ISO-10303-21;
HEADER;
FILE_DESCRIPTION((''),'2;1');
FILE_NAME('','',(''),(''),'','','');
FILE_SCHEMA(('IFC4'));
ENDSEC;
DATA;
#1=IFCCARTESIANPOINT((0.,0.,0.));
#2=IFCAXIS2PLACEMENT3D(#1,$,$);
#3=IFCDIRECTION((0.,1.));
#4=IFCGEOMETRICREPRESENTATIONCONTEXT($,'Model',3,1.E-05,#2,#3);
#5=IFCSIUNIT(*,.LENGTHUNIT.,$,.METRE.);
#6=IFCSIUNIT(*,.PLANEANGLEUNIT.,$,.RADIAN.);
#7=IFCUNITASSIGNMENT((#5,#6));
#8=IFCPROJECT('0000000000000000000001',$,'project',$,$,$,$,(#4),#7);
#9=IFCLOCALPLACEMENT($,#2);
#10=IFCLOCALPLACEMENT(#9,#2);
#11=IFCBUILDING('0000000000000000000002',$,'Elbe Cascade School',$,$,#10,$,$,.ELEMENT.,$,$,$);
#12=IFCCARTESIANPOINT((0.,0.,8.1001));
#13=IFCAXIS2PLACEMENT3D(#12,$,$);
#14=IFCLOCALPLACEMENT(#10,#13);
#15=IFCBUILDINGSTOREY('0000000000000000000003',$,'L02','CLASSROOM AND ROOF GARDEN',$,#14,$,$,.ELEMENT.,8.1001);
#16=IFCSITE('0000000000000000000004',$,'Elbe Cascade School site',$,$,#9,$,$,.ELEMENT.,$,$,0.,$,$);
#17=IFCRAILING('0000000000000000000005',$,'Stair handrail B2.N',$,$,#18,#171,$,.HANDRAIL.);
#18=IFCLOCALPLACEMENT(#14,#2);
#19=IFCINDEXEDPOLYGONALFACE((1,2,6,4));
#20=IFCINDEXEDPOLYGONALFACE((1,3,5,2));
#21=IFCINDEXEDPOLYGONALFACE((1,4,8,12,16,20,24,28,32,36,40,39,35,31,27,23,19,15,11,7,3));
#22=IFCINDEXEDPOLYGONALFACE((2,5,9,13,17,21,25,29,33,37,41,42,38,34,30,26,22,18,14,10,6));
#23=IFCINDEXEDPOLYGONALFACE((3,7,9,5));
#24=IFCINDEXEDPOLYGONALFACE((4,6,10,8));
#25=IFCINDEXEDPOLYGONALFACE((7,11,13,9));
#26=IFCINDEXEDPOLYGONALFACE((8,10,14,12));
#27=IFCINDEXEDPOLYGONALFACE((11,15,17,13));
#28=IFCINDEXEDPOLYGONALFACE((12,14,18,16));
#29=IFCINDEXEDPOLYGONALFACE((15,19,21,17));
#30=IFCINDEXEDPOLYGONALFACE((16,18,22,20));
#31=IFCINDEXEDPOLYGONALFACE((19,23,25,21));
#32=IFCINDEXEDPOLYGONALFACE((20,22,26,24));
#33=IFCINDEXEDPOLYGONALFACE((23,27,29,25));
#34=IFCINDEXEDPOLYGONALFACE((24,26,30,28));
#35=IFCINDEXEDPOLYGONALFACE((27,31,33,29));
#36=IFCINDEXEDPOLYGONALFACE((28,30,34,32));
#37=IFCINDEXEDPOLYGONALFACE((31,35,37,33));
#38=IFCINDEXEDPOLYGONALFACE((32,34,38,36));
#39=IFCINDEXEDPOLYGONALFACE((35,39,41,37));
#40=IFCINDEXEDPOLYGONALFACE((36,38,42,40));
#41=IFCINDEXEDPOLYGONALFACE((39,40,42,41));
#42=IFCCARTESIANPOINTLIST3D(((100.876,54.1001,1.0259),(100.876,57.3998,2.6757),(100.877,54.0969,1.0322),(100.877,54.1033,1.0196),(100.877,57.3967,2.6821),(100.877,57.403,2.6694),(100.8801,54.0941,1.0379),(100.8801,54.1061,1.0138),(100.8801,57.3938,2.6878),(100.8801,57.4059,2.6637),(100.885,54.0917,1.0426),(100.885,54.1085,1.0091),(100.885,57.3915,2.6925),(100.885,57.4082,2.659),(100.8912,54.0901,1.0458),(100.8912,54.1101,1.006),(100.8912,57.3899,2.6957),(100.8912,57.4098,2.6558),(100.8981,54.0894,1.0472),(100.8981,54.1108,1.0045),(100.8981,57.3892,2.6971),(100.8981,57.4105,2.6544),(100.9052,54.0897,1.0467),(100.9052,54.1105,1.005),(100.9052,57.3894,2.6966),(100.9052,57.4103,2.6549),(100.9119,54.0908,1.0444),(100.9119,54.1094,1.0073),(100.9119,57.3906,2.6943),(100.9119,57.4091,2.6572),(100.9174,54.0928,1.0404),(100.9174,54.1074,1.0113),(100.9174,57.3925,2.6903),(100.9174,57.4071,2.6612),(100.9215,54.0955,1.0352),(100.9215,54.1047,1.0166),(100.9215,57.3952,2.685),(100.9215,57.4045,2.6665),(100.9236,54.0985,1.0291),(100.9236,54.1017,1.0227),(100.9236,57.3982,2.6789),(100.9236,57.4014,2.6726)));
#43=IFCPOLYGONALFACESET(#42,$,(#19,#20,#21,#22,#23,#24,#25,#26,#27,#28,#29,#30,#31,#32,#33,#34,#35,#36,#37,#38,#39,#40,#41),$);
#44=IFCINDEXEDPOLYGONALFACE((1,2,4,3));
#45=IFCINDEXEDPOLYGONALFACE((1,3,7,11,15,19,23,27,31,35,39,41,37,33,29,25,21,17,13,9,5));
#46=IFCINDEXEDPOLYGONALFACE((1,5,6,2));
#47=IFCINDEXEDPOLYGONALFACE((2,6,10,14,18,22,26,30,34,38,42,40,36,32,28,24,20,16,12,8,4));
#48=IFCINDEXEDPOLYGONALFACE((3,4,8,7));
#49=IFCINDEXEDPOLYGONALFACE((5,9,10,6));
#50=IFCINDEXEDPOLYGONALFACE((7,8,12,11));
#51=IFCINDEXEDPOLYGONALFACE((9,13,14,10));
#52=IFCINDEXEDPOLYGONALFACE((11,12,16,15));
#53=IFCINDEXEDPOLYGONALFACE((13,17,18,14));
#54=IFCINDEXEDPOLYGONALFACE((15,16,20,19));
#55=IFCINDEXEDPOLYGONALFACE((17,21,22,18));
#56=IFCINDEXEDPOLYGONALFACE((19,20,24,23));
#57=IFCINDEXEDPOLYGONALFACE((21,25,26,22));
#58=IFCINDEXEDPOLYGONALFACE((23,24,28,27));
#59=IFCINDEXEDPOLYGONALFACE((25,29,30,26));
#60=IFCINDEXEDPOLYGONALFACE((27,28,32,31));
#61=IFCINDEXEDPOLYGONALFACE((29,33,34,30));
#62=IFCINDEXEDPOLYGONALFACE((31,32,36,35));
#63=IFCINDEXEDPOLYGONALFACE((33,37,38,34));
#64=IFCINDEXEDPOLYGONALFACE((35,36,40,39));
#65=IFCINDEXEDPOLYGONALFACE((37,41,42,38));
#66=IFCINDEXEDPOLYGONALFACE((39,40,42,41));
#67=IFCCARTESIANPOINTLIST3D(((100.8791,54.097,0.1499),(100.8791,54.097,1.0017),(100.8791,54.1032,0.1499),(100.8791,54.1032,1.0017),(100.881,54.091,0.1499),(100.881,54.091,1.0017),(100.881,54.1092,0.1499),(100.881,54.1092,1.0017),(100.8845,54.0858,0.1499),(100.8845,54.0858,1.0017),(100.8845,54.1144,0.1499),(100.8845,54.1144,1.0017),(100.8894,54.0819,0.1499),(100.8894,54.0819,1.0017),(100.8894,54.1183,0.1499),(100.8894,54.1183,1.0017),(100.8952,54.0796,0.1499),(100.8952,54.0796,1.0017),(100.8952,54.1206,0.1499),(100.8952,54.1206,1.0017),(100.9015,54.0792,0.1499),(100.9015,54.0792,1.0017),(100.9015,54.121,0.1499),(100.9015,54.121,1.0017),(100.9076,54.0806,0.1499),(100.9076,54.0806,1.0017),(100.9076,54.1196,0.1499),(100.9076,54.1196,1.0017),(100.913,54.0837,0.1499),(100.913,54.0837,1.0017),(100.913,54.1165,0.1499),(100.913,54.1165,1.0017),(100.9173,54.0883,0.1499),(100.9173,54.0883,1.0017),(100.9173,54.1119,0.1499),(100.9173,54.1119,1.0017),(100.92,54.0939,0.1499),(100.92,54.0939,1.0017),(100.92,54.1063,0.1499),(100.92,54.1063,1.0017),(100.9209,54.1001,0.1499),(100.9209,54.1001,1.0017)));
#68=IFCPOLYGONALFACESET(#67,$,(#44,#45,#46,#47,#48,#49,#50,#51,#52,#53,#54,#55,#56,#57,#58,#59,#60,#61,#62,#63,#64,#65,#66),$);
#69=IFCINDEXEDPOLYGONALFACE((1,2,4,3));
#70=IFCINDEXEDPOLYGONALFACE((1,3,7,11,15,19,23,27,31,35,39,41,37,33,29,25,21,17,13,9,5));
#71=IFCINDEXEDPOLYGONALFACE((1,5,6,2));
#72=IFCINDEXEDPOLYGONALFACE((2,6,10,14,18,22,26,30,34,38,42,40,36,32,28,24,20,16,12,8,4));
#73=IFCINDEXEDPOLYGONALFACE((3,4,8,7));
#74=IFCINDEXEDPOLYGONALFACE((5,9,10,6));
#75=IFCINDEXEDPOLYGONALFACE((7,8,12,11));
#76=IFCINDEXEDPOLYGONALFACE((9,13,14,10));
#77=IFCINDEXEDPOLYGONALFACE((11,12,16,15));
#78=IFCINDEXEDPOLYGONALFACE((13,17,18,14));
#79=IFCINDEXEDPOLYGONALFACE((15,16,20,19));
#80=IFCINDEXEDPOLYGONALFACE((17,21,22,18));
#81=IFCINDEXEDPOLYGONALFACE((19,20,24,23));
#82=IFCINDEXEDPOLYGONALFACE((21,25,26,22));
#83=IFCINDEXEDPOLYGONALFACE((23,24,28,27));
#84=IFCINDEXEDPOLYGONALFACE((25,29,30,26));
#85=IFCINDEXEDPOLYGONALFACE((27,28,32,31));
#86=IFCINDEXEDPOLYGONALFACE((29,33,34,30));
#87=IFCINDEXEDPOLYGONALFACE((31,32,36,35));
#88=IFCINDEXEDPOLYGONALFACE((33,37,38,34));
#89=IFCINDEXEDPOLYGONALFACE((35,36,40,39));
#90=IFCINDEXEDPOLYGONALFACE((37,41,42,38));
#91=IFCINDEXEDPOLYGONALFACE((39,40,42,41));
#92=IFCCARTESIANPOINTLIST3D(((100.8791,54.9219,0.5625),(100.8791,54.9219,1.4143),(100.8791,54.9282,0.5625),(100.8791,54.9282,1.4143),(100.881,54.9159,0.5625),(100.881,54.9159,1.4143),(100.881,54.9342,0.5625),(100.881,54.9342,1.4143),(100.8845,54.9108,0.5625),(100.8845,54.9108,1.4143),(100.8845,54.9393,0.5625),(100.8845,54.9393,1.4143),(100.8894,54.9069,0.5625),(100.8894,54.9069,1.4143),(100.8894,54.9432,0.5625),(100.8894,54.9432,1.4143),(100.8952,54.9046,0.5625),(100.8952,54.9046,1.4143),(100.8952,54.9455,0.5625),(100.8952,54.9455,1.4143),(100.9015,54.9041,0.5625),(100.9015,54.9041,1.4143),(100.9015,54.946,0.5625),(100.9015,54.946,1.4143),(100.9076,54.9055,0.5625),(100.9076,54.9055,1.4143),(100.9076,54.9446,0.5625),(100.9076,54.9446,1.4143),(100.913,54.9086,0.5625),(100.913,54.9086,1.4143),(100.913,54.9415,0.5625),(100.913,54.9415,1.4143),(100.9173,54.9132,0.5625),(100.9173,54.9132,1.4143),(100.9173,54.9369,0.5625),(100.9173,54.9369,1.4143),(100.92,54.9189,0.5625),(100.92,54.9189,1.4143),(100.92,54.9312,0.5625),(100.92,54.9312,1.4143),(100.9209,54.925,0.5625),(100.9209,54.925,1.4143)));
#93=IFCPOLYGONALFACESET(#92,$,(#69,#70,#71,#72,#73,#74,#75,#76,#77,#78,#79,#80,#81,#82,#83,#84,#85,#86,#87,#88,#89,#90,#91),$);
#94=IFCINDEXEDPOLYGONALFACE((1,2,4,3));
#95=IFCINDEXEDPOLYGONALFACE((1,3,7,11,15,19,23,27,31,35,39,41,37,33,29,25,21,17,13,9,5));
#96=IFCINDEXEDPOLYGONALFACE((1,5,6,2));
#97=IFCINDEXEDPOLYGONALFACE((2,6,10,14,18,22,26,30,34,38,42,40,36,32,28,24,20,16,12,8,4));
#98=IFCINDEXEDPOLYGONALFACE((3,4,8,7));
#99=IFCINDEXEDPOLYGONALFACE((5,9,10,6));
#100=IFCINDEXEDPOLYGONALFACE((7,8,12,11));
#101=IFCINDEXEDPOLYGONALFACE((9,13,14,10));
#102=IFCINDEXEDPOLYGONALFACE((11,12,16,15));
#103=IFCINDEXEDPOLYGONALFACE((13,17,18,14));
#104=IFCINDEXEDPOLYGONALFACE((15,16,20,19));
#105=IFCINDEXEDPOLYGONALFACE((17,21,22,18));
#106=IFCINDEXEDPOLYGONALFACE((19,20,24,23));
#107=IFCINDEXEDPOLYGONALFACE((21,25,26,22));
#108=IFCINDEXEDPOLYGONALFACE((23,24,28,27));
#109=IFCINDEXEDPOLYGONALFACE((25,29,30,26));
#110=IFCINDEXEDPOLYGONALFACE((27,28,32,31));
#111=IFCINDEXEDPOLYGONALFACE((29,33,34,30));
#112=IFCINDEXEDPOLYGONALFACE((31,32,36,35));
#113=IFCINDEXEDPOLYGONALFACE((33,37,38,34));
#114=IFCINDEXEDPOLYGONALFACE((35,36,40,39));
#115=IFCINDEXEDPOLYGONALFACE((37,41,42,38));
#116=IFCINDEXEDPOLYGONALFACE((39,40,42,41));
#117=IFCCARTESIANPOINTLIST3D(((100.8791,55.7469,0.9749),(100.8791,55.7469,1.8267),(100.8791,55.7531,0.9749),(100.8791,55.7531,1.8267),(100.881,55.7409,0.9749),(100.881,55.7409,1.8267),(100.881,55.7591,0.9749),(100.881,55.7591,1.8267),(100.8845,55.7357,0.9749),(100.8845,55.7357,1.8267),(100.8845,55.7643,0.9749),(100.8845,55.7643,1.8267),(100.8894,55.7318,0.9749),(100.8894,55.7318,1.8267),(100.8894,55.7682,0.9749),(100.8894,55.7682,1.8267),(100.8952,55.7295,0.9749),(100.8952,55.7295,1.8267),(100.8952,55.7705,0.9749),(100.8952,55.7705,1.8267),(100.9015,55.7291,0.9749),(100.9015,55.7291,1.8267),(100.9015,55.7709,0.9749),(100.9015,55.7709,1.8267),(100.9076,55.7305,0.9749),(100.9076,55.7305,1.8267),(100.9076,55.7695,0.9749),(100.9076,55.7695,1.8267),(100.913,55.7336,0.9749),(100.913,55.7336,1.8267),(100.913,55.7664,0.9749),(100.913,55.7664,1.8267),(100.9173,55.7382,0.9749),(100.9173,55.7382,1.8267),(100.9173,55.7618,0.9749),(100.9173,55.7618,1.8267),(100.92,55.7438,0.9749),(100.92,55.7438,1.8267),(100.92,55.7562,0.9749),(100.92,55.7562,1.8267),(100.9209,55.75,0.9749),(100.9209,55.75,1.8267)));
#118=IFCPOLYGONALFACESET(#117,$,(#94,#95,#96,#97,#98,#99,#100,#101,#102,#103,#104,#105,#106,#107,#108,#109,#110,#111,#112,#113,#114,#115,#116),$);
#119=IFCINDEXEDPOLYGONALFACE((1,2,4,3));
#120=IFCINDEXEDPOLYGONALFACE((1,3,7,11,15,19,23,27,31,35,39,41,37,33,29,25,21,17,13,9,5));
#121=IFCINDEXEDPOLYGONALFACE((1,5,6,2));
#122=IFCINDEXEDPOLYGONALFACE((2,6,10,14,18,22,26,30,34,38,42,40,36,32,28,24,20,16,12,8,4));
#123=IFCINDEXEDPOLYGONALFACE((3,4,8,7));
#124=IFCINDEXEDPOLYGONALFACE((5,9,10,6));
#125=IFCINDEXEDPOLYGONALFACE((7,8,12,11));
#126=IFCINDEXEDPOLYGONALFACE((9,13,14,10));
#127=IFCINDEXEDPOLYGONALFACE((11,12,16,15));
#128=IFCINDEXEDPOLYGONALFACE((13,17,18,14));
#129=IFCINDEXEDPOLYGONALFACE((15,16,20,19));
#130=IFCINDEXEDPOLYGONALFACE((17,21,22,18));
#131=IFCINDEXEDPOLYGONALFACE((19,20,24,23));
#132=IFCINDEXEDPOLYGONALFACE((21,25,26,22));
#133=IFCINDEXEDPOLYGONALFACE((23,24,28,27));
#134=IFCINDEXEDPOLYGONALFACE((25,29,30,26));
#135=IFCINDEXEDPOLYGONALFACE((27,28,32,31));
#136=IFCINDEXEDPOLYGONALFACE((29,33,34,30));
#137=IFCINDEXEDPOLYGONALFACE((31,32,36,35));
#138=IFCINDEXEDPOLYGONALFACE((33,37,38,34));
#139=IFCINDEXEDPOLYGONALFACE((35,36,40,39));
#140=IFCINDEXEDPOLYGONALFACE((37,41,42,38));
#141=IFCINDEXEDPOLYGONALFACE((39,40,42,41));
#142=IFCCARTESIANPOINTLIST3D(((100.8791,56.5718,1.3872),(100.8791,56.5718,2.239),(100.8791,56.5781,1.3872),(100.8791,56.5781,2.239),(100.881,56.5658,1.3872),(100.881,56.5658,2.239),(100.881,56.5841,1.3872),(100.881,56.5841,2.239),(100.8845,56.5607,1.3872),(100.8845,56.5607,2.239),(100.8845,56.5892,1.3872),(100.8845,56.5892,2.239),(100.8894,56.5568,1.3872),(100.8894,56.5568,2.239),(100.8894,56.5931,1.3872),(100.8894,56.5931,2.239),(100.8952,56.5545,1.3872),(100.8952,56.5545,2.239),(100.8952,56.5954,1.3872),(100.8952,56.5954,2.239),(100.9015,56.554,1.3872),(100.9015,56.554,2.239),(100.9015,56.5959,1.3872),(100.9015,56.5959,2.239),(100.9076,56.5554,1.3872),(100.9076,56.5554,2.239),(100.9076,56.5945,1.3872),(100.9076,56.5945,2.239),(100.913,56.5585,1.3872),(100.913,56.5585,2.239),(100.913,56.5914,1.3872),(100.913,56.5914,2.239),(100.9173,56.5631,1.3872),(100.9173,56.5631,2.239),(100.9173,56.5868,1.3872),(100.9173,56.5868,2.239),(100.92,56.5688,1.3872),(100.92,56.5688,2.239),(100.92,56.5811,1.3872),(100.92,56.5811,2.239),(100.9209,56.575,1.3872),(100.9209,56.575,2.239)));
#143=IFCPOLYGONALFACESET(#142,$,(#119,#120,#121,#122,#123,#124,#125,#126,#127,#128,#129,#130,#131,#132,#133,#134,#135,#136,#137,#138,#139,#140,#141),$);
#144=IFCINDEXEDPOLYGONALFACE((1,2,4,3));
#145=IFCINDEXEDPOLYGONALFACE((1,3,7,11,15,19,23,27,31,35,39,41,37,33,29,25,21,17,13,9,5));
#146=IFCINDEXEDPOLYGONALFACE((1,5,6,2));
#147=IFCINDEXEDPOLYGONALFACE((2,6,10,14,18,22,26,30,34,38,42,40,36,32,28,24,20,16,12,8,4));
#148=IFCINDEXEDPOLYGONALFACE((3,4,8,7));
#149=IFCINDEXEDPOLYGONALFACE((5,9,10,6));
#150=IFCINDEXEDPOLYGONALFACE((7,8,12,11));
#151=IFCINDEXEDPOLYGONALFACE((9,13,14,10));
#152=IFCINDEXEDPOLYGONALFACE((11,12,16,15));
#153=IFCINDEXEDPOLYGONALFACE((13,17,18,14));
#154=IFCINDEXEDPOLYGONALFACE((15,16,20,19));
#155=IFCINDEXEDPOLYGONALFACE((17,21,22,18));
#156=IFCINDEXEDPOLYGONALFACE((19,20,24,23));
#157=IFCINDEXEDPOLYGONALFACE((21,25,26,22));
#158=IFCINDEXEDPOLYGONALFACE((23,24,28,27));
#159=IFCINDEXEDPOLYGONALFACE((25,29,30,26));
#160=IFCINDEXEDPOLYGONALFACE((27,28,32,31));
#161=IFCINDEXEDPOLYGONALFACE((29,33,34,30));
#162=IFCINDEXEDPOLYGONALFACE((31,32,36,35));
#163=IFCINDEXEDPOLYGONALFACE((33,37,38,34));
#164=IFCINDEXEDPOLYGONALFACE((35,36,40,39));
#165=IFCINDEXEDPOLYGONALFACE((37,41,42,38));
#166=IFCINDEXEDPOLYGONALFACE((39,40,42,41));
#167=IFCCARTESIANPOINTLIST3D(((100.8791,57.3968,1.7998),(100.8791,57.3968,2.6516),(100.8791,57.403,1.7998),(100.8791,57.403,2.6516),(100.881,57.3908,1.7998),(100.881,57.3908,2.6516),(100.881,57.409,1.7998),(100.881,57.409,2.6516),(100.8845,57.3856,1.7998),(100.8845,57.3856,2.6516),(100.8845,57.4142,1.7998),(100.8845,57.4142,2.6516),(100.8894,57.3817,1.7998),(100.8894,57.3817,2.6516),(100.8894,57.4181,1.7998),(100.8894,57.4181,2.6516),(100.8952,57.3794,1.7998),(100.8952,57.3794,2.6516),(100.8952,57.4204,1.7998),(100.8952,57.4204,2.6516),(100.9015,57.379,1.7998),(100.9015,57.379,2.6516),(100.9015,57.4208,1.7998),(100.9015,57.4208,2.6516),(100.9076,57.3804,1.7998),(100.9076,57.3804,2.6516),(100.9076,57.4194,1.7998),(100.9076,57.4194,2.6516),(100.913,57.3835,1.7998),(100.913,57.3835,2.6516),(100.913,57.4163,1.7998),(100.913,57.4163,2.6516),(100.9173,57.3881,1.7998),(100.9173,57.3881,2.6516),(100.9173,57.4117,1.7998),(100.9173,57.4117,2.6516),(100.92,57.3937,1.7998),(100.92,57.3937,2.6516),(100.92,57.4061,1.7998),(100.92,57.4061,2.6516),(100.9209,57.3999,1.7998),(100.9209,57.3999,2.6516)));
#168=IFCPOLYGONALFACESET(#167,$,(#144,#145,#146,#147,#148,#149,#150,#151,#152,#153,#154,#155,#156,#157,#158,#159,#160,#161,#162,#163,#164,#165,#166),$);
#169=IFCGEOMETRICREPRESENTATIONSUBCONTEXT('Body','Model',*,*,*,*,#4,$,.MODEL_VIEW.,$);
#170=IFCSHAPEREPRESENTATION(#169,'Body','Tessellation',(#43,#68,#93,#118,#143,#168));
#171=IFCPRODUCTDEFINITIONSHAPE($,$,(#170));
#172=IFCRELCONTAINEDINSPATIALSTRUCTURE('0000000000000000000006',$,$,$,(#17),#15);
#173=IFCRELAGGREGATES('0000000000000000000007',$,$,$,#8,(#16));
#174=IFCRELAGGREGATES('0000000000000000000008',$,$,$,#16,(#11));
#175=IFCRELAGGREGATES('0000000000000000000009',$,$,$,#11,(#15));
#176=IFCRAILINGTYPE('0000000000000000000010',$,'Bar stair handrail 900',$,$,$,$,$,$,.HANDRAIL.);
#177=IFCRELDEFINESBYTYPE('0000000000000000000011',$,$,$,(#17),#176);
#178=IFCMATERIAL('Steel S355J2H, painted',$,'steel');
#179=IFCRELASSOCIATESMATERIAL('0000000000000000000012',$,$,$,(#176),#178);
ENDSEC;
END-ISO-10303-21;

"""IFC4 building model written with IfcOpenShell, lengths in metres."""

from ifc_helpers import new_model, si_unit, direction, frame, origin, origin_2d, place, context, subcontext, project, spatial, circle, extrude, material, type_object, element, save


model = new_model("IFC4")

# Units and contexts
model_context = context("Model", 3, precision=1e-05, world=origin(), true_north=direction((0.0, 1.0)))
body_context = subcontext(model_context, "Body", "Model", "MODEL_VIEW")
ifc_project = project(units=[si_unit("LENGTHUNIT", "METRE"), si_unit("PLANEANGLEUNIT", "RADIAN")], contexts=[model_context])

# Site, building, storey
site_placement = place(None, origin())
site = spatial("IfcSite", under=ifc_project, at=site_placement, Name="Elbe Cascade School site", CompositionType="ELEMENT", RefElevation=0.0)
building_placement = place(site_placement, origin())
building = spatial("IfcBuilding", under=site, at=building_placement, Name="Elbe Cascade School", CompositionType="ELEMENT")
storey_placement = place(building_placement, frame((0.0, 0.0, 8.1001)))
storey = spatial("IfcBuildingStorey", under=building, at=storey_placement, Name="L02", Description="CLASSROOM AND ROOF GARDEN", CompositionType="ELEMENT", Elevation=8.1001)

# Railing
ifc_material_1 = material(Name="Steel S355J2H, painted", Category="steel")
railing_type_1 = type_object("IfcRailingType", Name="Bar stair handrail 900", PredefinedType="HANDRAIL", material=ifc_material_1)
railing_1_placement = place(storey_placement, frame((100.8999, 54.1001, 0.1499)))
element("IfcRailing", 1, at=railing_1_placement, inside=storey, type_object=railing_type_1, Name="Stair handrail B2.N", PredefinedType="HANDRAIL", context=body_context, shape_type="SweptSolid", body=[
    extrude(circle(Radius=0.0239, at=origin_2d()), frame((0.0, 0.0, 0.876), z_axis=(0.0, 0.894427, 0.447214), x_axis=(-1.0, 0.0, 0.0)), (0.0, 0.0, 1.0), 3.6892),
    extrude(circle(Radius=0.021, at=origin_2d()), origin(), (0.0, 0.0, 1.0), 0.8518),
    extrude(circle(Radius=0.021, at=origin_2d()), frame((0.0, 0.825, 0.4126)), (0.0, 0.0, 1.0), 0.8518),
    extrude(circle(Radius=0.021, at=origin_2d()), frame((0.0, 1.6499, 0.825)), (0.0, 0.0, 1.0), 0.8518),
    extrude(circle(Radius=0.021, at=origin_2d()), frame((0.0, 2.4749, 1.2373)), (0.0, 0.0, 1.0), 0.8518),
    extrude(circle(Radius=0.021, at=origin_2d()), frame((0.0, 3.2998, 1.6499)), (0.0, 0.0, 1.0), 0.8518),
])

save(model, "model.ifc")
